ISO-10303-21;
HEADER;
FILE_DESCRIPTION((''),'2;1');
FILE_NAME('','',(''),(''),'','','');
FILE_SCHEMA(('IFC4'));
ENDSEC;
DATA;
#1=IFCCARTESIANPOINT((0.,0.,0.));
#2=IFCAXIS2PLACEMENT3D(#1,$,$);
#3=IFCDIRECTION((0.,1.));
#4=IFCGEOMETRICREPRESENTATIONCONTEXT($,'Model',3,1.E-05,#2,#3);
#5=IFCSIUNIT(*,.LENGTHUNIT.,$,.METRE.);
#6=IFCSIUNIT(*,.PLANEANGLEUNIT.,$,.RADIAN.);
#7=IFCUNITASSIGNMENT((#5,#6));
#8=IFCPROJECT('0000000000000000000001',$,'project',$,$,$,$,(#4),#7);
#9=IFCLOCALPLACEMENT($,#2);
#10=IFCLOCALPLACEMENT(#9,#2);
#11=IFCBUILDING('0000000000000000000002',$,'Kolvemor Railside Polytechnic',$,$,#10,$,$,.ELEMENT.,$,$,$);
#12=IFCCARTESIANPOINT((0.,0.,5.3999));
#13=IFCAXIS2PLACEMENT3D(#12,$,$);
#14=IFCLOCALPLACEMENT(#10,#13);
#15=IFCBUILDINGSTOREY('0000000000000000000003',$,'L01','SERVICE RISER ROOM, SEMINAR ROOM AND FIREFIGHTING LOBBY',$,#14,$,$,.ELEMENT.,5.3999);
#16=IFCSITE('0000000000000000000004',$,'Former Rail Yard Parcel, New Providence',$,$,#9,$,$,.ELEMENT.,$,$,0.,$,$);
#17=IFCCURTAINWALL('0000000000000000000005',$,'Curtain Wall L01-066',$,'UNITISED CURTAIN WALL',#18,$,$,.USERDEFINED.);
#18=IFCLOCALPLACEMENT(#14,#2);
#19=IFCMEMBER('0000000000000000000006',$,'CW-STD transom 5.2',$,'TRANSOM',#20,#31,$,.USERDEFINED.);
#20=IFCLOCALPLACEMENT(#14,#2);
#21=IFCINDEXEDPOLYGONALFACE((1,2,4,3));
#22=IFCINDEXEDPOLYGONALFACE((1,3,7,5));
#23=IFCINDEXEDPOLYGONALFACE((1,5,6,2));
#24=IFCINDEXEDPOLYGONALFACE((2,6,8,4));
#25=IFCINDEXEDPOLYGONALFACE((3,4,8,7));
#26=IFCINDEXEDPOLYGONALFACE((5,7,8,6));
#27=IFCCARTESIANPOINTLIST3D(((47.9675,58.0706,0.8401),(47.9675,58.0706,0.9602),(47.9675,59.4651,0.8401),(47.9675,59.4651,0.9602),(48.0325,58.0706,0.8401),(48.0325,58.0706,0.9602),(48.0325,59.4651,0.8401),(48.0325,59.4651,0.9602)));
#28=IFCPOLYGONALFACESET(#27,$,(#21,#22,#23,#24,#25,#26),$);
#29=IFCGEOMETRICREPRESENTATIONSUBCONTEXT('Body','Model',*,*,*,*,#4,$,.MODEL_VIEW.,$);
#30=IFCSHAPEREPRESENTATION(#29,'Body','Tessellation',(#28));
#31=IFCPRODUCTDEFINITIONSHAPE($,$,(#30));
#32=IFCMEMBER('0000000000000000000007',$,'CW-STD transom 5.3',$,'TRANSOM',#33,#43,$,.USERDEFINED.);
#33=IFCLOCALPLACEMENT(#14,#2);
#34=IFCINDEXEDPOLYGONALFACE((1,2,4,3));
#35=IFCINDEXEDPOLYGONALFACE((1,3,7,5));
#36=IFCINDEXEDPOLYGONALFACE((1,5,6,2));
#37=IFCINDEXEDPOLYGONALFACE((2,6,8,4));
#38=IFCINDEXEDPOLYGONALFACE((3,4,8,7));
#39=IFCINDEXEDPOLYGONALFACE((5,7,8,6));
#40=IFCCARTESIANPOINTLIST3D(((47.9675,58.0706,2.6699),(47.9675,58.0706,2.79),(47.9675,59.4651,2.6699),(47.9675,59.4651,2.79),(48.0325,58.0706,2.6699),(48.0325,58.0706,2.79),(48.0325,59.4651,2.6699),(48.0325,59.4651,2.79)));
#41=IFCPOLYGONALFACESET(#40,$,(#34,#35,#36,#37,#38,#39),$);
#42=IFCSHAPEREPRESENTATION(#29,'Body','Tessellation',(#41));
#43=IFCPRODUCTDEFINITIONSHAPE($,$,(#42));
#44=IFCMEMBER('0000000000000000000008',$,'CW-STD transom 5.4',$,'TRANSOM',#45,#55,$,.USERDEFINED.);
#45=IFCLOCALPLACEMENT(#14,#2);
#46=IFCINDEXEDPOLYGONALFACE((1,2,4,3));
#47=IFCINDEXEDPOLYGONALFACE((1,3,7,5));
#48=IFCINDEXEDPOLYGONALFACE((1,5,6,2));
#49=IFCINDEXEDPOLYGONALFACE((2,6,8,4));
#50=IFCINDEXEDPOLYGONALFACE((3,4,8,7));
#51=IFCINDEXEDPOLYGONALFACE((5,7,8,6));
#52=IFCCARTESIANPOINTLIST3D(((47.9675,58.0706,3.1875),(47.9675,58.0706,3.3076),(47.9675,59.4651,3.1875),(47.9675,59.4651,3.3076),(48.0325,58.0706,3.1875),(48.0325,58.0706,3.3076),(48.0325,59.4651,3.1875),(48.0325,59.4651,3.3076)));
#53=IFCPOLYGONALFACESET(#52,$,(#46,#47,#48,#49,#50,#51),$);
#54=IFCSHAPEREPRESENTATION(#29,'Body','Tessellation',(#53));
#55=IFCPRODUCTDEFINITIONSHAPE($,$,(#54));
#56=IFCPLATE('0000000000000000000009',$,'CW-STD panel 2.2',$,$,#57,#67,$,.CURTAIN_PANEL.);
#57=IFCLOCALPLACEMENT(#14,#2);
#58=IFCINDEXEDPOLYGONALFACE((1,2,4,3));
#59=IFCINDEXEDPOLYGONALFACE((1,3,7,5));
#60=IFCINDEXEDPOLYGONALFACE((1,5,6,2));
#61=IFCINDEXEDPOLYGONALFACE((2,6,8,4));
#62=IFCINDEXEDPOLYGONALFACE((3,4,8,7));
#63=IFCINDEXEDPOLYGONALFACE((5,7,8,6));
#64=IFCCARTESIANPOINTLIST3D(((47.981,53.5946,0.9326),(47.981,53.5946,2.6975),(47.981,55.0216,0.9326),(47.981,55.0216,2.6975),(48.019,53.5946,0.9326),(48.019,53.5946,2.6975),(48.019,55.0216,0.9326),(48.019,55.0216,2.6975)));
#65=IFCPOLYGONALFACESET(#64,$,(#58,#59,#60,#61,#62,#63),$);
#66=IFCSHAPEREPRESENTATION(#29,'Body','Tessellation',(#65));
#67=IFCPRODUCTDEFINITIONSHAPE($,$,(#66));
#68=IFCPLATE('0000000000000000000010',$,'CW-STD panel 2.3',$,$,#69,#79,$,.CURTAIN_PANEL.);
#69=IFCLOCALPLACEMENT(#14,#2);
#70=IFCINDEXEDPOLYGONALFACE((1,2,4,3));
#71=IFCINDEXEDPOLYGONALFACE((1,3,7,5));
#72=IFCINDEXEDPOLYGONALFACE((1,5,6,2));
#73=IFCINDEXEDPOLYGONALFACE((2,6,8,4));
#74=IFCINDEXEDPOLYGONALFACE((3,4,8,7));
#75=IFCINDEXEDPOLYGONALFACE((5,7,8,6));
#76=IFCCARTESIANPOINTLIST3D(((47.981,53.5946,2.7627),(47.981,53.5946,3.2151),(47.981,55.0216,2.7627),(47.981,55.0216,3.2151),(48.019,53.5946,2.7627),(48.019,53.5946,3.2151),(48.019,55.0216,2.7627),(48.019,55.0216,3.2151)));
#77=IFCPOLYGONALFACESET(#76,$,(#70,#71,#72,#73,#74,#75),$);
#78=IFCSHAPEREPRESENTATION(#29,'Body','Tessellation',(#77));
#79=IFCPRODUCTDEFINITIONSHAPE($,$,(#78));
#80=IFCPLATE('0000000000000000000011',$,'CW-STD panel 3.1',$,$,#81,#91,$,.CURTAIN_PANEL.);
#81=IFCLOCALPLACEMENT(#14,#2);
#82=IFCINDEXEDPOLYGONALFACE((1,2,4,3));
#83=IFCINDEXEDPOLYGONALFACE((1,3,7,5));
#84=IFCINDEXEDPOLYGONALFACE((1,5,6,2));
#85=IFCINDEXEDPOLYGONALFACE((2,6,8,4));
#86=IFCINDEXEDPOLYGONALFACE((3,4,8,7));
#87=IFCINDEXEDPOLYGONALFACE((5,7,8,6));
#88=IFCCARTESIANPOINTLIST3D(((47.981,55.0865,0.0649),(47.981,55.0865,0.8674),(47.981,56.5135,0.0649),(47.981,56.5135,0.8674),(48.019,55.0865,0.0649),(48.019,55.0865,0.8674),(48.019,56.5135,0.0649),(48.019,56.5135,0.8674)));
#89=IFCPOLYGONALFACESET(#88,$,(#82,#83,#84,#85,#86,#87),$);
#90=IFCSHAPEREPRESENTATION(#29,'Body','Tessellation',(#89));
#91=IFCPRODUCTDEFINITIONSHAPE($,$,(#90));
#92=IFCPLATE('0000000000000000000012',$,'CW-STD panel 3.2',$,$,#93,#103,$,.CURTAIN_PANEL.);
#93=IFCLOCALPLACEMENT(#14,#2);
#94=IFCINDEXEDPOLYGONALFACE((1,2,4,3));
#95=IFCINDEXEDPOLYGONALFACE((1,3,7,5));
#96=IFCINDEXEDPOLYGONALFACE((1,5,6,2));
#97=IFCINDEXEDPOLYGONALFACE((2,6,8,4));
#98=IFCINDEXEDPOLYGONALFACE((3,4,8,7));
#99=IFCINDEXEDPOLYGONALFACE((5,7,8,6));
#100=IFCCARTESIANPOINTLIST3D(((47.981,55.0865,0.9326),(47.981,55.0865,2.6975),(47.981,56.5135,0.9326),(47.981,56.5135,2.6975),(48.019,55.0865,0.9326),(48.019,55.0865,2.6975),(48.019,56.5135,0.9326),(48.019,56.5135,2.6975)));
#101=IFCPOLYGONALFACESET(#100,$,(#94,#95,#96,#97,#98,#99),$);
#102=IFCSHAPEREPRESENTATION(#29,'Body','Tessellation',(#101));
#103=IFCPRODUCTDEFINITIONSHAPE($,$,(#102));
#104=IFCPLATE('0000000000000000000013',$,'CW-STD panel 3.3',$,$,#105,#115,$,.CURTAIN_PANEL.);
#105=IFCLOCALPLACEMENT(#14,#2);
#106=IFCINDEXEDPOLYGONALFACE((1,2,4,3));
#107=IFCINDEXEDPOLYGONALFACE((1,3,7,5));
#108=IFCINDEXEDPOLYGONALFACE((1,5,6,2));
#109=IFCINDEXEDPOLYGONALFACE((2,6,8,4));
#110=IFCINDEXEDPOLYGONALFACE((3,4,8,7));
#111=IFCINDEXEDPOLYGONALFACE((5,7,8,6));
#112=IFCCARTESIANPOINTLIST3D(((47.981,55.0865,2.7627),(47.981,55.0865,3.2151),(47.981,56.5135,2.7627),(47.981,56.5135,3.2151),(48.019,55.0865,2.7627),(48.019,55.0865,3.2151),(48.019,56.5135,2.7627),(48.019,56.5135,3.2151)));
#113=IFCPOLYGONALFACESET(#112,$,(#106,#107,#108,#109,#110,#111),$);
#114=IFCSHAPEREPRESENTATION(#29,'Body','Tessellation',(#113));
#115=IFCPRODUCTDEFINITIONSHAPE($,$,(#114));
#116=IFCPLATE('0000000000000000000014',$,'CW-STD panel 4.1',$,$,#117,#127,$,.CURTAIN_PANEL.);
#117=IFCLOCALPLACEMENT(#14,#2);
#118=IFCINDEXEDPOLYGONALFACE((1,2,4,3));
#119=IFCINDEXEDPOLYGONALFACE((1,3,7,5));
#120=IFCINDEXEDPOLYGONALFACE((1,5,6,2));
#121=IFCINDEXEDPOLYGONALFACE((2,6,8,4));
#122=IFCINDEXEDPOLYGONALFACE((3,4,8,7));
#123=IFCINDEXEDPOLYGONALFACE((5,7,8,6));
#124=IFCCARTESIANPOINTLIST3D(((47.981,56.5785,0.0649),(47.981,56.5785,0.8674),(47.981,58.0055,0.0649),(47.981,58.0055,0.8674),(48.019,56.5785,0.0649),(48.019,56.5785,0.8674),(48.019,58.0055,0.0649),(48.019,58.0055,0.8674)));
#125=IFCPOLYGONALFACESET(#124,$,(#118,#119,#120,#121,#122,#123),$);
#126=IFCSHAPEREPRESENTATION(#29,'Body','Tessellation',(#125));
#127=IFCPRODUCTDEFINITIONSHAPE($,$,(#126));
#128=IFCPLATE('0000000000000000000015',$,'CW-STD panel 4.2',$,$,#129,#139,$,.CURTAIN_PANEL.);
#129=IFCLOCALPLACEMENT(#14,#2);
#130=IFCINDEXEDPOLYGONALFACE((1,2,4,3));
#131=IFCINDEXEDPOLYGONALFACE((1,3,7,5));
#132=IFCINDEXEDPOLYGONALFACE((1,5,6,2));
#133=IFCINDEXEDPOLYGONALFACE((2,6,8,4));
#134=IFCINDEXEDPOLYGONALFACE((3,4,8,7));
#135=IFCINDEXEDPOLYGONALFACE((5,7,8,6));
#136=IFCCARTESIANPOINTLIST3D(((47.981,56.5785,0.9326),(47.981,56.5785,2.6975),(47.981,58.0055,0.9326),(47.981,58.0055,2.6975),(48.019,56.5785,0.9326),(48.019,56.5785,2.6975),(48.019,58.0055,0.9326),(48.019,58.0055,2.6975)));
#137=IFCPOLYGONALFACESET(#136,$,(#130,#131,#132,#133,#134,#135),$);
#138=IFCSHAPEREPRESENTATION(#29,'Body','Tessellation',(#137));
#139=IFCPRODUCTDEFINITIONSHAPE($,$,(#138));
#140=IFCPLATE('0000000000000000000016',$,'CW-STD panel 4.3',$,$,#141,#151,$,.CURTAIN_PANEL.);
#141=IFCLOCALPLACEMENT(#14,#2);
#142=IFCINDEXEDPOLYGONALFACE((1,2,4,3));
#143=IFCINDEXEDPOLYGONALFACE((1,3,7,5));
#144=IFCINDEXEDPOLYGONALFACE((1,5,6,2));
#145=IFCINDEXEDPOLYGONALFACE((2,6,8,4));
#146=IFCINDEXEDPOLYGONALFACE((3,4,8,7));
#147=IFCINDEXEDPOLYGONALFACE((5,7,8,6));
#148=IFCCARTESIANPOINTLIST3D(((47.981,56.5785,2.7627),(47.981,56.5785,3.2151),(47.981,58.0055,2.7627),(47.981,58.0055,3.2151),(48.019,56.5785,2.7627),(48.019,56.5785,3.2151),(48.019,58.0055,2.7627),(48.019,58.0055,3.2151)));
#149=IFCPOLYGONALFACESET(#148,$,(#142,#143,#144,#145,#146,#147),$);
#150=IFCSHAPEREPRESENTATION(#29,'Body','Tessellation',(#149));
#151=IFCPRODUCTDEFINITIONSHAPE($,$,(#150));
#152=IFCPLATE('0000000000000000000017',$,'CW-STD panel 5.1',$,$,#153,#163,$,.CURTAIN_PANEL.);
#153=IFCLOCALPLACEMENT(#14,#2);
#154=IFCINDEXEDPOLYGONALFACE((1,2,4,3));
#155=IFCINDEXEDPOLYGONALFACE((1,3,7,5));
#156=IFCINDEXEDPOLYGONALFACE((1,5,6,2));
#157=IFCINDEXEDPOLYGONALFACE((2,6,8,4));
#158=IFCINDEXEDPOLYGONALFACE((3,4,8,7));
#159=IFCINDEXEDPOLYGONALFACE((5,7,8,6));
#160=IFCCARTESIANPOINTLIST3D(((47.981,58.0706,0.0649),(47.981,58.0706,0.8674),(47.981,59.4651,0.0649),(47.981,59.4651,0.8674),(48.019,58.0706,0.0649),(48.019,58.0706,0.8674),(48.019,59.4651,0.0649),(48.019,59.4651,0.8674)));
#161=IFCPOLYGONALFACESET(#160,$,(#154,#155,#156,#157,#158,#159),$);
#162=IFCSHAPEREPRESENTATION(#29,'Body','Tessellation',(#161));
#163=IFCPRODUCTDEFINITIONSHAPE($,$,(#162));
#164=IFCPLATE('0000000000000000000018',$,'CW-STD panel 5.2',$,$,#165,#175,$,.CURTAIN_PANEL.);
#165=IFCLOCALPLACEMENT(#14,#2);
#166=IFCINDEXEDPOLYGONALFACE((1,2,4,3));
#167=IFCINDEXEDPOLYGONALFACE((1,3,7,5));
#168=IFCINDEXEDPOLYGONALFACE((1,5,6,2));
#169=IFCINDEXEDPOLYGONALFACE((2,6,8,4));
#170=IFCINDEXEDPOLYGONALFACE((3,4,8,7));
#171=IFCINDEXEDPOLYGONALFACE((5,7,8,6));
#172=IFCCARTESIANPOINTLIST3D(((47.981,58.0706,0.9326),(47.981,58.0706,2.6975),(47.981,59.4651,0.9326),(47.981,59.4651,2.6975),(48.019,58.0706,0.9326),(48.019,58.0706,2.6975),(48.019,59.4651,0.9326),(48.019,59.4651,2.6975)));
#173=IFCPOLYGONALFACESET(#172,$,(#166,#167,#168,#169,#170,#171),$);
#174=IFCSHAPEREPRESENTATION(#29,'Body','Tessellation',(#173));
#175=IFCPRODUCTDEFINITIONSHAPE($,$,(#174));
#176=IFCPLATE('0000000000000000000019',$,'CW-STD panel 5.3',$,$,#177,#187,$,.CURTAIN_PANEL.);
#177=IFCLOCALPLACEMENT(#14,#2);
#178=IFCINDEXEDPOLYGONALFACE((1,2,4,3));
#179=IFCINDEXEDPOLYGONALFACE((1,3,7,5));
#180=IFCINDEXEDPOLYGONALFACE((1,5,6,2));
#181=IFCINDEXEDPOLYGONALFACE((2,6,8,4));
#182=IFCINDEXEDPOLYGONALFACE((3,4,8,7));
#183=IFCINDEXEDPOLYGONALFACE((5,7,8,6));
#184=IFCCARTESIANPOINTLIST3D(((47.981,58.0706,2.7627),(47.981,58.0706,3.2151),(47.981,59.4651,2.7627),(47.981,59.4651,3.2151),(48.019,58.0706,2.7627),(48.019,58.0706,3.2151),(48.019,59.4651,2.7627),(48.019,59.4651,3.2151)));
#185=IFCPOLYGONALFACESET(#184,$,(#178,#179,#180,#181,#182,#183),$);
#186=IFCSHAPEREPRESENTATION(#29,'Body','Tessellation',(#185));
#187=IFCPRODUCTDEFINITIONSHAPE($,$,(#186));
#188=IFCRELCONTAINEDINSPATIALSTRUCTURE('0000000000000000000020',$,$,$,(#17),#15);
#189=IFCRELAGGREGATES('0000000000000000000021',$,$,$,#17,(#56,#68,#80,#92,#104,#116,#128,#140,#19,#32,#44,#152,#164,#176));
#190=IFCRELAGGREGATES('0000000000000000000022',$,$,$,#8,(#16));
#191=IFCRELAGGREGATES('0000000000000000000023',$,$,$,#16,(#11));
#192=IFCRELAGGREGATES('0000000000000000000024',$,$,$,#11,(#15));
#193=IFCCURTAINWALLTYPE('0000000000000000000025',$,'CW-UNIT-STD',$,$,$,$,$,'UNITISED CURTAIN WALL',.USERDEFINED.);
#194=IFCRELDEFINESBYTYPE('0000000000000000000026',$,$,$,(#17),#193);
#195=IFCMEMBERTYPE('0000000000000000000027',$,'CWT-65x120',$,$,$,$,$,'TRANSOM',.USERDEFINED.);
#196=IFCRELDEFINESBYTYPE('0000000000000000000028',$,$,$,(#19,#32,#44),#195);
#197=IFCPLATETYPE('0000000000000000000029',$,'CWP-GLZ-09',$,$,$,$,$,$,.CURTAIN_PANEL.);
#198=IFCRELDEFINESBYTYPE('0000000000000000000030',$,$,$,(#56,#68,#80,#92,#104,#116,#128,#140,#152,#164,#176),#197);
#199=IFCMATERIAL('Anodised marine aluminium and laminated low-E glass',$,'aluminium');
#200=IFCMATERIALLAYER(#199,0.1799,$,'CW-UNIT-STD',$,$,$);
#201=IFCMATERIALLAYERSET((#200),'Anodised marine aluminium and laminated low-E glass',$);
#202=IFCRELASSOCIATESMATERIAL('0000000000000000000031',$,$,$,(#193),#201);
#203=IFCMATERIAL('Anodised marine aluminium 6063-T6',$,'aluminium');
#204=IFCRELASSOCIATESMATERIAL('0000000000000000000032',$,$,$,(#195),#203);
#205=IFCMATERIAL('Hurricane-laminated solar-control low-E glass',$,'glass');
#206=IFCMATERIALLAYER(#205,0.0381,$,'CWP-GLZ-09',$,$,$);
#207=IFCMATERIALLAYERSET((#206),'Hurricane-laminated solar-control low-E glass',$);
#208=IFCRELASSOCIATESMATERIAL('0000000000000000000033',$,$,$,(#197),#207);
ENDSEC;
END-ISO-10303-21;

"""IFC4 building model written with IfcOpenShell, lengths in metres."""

from ifc_helpers import new_model, si_unit, direction, frame, origin, origin_2d, place, context, subcontext, project, spatial, rectangle, extrude, material, layer, layer_set, material_profile, profile_set, type_object, element, aggregate, save


model = new_model("IFC4")

# Units and contexts
model_context = context("Model", 3, precision=1e-05, world=origin(), true_north=direction((0.0, 1.0)))
body_context = subcontext(model_context, "Body", "Model", "MODEL_VIEW")
ifc_project = project(units=[si_unit("LENGTHUNIT", "METRE"), si_unit("PLANEANGLEUNIT", "RADIAN")], contexts=[model_context])

# Site, building, storey
site_placement = place(None, origin())
site = spatial("IfcSite", under=ifc_project, at=site_placement, Name="Former Rail Yard Parcel, New Providence", CompositionType="ELEMENT", RefElevation=0.0)
building_placement = place(site_placement, origin())
building = spatial("IfcBuilding", under=site, at=building_placement, Name="Kolvemor Railside Polytechnic", CompositionType="ELEMENT")
storey_placement = place(building_placement, frame((0.0, 0.0, 5.3999)))
storey = spatial("IfcBuildingStorey", under=building, at=storey_placement, Name="L01", Description="SERVICE RISER ROOM, SEMINAR ROOM AND FIREFIGHTING LOBBY", CompositionType="ELEMENT", Elevation=5.3999)

# Curtain wall, members, plates
ifc_material_1 = material(Name="Anodised marine aluminium and laminated low-E glass", Category="aluminium")
ifc_layer_1 = layer(ifc_material_1, 0.1799, Name="CW-UNIT-STD")
ifc_layer_set_1 = layer_set([ifc_layer_1], Name="Anodised marine aluminium and laminated low-E glass")
curtain_wall_type = type_object("IfcCurtainWallType", Name="CW-UNIT-STD", ElementType="UNITISED CURTAIN WALL", PredefinedType="USERDEFINED", material=ifc_layer_set_1)
curtain_wall_placement = place(storey_placement, origin())
curtain_wall = element("IfcCurtainWall", 1, at=curtain_wall_placement, inside=storey, type_object=curtain_wall_type, Name="Curtain Wall L01-066", ObjectType="UNITISED CURTAIN WALL", PredefinedType="USERDEFINED")
ifc_material_2 = material(Name="Anodised marine aluminium 6063-T6", Category="aluminium")
ifc_material_profile_1 = material_profile(ifc_material_2, rectangle(XDim=0.0649, YDim=0.1201, at=origin_2d()), Name="CW-TRN-65x120")
ifc_profile_set_1 = profile_set([ifc_material_profile_1], Name="Anodised marine aluminium 6063-T6")
member_type_1 = type_object("IfcMemberType", Name="CWT-65x120", ElementType="TRANSOM", PredefinedType="USERDEFINED", material=ifc_profile_set_1)
member_1_placement = place(storey_placement, frame((48.0, 58.0706, 0.9001), z_axis=(0.0, 1.0, 0.0), x_axis=(-1.0, 0.0, 0.0)))
member_1 = element("IfcMember", 2, at=member_1_placement, type_object=member_type_1, Name="CW-STD transom 5.2", ObjectType="TRANSOM", PredefinedType="USERDEFINED", context=body_context, shape_type="SweptSolid", body=[
    extrude(rectangle(XDim=0.0649, YDim=0.1201, at=origin_2d()), origin(), (0.0, 0.0, 1.0), 1.3945),
])
member_2_placement = place(storey_placement, frame((48.0, 58.0706, 2.73), z_axis=(0.0, 1.0, 0.0), x_axis=(-1.0, 0.0, 0.0)))
member_2 = element("IfcMember", 3, at=member_2_placement, type_object=member_type_1, Name="CW-STD transom 5.3", ObjectType="TRANSOM", PredefinedType="USERDEFINED", context=body_context, shape_type="SweptSolid", body=[
    extrude(rectangle(XDim=0.0649, YDim=0.1201, at=origin_2d()), origin(), (0.0, 0.0, 1.0), 1.3945),
])
member_3_placement = place(storey_placement, frame((48.0, 58.0706, 3.2476), z_axis=(0.0, 1.0, 0.0), x_axis=(-1.0, 0.0, 0.0)))
member_3 = element("IfcMember", 4, at=member_3_placement, type_object=member_type_1, Name="CW-STD transom 5.4", ObjectType="TRANSOM", PredefinedType="USERDEFINED", context=body_context, shape_type="SweptSolid", body=[
    extrude(rectangle(XDim=0.0649, YDim=0.1201, at=origin_2d()), origin(), (0.0, 0.0, 1.0), 1.3945),
])
ifc_material_3 = material(Name="Hurricane-laminated solar-control low-E glass", Category="glass")
ifc_layer_2 = layer(ifc_material_3, 0.0381, Name="CWP-GLZ-09")
ifc_layer_set_2 = layer_set([ifc_layer_2], Name="Hurricane-laminated solar-control low-E glass")
plate_type = type_object("IfcPlateType", Name="CWP-GLZ-09", PredefinedType="CURTAIN_PANEL", material=ifc_layer_set_2)
plate_1_placement = place(storey_placement, frame((48.0, 54.3081, 0.9326), z_axis=(0.0, 0.0, 1.0), x_axis=(0.0, 1.0, 0.0)))
plate_1 = element("IfcPlate", 5, at=plate_1_placement, type_object=plate_type, Name="CW-STD panel 2.2", PredefinedType="CURTAIN_PANEL", context=body_context, shape_type="SweptSolid", body=[
    extrude(rectangle(XDim=1.427, YDim=0.0381, at=origin_2d()), origin(), (0.0, 0.0, 1.0), 1.7649),
])
plate_2_placement = place(storey_placement, frame((48.0, 54.3081, 2.7627), z_axis=(0.0, 0.0, 1.0), x_axis=(0.0, 1.0, 0.0)))
plate_2 = element("IfcPlate", 6, at=plate_2_placement, type_object=plate_type, Name="CW-STD panel 2.3", PredefinedType="CURTAIN_PANEL", context=body_context, shape_type="SweptSolid", body=[
    extrude(rectangle(XDim=1.427, YDim=0.0381, at=origin_2d()), origin(), (0.0, 0.0, 1.0), 0.4524),
])
plate_3_placement = place(storey_placement, frame((48.0, 55.8, 0.0649), z_axis=(0.0, 0.0, 1.0), x_axis=(0.0, 1.0, 0.0)))
plate_3 = element("IfcPlate", 7, at=plate_3_placement, type_object=plate_type, Name="CW-STD panel 3.1", PredefinedType="CURTAIN_PANEL", context=body_context, shape_type="SweptSolid", body=[
    extrude(rectangle(XDim=1.427, YDim=0.0381, at=origin_2d()), origin(), (0.0, 0.0, 1.0), 0.8025),
])
plate_4_placement = place(storey_placement, frame((48.0, 55.8, 0.9326), z_axis=(0.0, 0.0, 1.0), x_axis=(0.0, 1.0, 0.0)))
plate_4 = element("IfcPlate", 8, at=plate_4_placement, type_object=plate_type, Name="CW-STD panel 3.2", PredefinedType="CURTAIN_PANEL", context=body_context, shape_type="SweptSolid", body=[
    extrude(rectangle(XDim=1.427, YDim=0.0381, at=origin_2d()), origin(), (0.0, 0.0, 1.0), 1.7649),
])
plate_5_placement = place(storey_placement, frame((48.0, 55.8, 2.7627), z_axis=(0.0, 0.0, 1.0), x_axis=(0.0, 1.0, 0.0)))
plate_5 = element("IfcPlate", 9, at=plate_5_placement, type_object=plate_type, Name="CW-STD panel 3.3", PredefinedType="CURTAIN_PANEL", context=body_context, shape_type="SweptSolid", body=[
    extrude(rectangle(XDim=1.427, YDim=0.0381, at=origin_2d()), origin(), (0.0, 0.0, 1.0), 0.4524),
])
plate_6_placement = place(storey_placement, frame((48.0, 57.292, 0.0649), z_axis=(0.0, 0.0, 1.0), x_axis=(0.0, 1.0, 0.0)))
plate_6 = element("IfcPlate", 10, at=plate_6_placement, type_object=plate_type, Name="CW-STD panel 4.1", PredefinedType="CURTAIN_PANEL", context=body_context, shape_type="SweptSolid", body=[
    extrude(rectangle(XDim=1.427, YDim=0.0381, at=origin_2d()), origin(), (0.0, 0.0, 1.0), 0.8025),
])
plate_7_placement = place(storey_placement, frame((48.0, 57.292, 0.9326), z_axis=(0.0, 0.0, 1.0), x_axis=(0.0, 1.0, 0.0)))
plate_7 = element("IfcPlate", 11, at=plate_7_placement, type_object=plate_type, Name="CW-STD panel 4.2", PredefinedType="CURTAIN_PANEL", context=body_context, shape_type="SweptSolid", body=[
    extrude(rectangle(XDim=1.427, YDim=0.0381, at=origin_2d()), origin(), (0.0, 0.0, 1.0), 1.7649),
])
plate_8_placement = place(storey_placement, frame((48.0, 57.292, 2.7627), z_axis=(0.0, 0.0, 1.0), x_axis=(0.0, 1.0, 0.0)))
plate_8 = element("IfcPlate", 12, at=plate_8_placement, type_object=plate_type, Name="CW-STD panel 4.3", PredefinedType="CURTAIN_PANEL", context=body_context, shape_type="SweptSolid", body=[
    extrude(rectangle(XDim=1.427, YDim=0.0381, at=origin_2d()), origin(), (0.0, 0.0, 1.0), 0.4524),
])
plate_9_placement = place(storey_placement, frame((48.0, 58.7678, 0.0649), z_axis=(0.0, 0.0, 1.0), x_axis=(0.0, 1.0, 0.0)))
plate_9 = element("IfcPlate", 13, at=plate_9_placement, type_object=plate_type, Name="CW-STD panel 5.1", PredefinedType="CURTAIN_PANEL", context=body_context, shape_type="SweptSolid", body=[
    extrude(rectangle(XDim=1.3945, YDim=0.0381, at=origin_2d()), origin(), (0.0, 0.0, 1.0), 0.8025),
])
plate_10_placement = place(storey_placement, frame((48.0, 58.7678, 0.9326), z_axis=(0.0, 0.0, 1.0), x_axis=(0.0, 1.0, 0.0)))
plate_10 = element("IfcPlate", 14, at=plate_10_placement, type_object=plate_type, Name="CW-STD panel 5.2", PredefinedType="CURTAIN_PANEL", context=body_context, shape_type="SweptSolid", body=[
    extrude(rectangle(XDim=1.3945, YDim=0.0381, at=origin_2d()), origin(), (0.0, 0.0, 1.0), 1.7649),
])
plate_11_placement = place(storey_placement, frame((48.0, 58.7678, 2.7627), z_axis=(0.0, 0.0, 1.0), x_axis=(0.0, 1.0, 0.0)))
plate_11 = element("IfcPlate", 15, at=plate_11_placement, type_object=plate_type, Name="CW-STD panel 5.3", PredefinedType="CURTAIN_PANEL", context=body_context, shape_type="SweptSolid", body=[
    extrude(rectangle(XDim=1.3945, YDim=0.0381, at=origin_2d()), origin(), (0.0, 0.0, 1.0), 0.4524),
])
aggregate(curtain_wall, [plate_1, plate_2, plate_3, plate_4, plate_5, plate_6, plate_7, plate_8, member_1, member_2, member_3, plate_9, plate_10, plate_11])

save(model, "model.ifc")
